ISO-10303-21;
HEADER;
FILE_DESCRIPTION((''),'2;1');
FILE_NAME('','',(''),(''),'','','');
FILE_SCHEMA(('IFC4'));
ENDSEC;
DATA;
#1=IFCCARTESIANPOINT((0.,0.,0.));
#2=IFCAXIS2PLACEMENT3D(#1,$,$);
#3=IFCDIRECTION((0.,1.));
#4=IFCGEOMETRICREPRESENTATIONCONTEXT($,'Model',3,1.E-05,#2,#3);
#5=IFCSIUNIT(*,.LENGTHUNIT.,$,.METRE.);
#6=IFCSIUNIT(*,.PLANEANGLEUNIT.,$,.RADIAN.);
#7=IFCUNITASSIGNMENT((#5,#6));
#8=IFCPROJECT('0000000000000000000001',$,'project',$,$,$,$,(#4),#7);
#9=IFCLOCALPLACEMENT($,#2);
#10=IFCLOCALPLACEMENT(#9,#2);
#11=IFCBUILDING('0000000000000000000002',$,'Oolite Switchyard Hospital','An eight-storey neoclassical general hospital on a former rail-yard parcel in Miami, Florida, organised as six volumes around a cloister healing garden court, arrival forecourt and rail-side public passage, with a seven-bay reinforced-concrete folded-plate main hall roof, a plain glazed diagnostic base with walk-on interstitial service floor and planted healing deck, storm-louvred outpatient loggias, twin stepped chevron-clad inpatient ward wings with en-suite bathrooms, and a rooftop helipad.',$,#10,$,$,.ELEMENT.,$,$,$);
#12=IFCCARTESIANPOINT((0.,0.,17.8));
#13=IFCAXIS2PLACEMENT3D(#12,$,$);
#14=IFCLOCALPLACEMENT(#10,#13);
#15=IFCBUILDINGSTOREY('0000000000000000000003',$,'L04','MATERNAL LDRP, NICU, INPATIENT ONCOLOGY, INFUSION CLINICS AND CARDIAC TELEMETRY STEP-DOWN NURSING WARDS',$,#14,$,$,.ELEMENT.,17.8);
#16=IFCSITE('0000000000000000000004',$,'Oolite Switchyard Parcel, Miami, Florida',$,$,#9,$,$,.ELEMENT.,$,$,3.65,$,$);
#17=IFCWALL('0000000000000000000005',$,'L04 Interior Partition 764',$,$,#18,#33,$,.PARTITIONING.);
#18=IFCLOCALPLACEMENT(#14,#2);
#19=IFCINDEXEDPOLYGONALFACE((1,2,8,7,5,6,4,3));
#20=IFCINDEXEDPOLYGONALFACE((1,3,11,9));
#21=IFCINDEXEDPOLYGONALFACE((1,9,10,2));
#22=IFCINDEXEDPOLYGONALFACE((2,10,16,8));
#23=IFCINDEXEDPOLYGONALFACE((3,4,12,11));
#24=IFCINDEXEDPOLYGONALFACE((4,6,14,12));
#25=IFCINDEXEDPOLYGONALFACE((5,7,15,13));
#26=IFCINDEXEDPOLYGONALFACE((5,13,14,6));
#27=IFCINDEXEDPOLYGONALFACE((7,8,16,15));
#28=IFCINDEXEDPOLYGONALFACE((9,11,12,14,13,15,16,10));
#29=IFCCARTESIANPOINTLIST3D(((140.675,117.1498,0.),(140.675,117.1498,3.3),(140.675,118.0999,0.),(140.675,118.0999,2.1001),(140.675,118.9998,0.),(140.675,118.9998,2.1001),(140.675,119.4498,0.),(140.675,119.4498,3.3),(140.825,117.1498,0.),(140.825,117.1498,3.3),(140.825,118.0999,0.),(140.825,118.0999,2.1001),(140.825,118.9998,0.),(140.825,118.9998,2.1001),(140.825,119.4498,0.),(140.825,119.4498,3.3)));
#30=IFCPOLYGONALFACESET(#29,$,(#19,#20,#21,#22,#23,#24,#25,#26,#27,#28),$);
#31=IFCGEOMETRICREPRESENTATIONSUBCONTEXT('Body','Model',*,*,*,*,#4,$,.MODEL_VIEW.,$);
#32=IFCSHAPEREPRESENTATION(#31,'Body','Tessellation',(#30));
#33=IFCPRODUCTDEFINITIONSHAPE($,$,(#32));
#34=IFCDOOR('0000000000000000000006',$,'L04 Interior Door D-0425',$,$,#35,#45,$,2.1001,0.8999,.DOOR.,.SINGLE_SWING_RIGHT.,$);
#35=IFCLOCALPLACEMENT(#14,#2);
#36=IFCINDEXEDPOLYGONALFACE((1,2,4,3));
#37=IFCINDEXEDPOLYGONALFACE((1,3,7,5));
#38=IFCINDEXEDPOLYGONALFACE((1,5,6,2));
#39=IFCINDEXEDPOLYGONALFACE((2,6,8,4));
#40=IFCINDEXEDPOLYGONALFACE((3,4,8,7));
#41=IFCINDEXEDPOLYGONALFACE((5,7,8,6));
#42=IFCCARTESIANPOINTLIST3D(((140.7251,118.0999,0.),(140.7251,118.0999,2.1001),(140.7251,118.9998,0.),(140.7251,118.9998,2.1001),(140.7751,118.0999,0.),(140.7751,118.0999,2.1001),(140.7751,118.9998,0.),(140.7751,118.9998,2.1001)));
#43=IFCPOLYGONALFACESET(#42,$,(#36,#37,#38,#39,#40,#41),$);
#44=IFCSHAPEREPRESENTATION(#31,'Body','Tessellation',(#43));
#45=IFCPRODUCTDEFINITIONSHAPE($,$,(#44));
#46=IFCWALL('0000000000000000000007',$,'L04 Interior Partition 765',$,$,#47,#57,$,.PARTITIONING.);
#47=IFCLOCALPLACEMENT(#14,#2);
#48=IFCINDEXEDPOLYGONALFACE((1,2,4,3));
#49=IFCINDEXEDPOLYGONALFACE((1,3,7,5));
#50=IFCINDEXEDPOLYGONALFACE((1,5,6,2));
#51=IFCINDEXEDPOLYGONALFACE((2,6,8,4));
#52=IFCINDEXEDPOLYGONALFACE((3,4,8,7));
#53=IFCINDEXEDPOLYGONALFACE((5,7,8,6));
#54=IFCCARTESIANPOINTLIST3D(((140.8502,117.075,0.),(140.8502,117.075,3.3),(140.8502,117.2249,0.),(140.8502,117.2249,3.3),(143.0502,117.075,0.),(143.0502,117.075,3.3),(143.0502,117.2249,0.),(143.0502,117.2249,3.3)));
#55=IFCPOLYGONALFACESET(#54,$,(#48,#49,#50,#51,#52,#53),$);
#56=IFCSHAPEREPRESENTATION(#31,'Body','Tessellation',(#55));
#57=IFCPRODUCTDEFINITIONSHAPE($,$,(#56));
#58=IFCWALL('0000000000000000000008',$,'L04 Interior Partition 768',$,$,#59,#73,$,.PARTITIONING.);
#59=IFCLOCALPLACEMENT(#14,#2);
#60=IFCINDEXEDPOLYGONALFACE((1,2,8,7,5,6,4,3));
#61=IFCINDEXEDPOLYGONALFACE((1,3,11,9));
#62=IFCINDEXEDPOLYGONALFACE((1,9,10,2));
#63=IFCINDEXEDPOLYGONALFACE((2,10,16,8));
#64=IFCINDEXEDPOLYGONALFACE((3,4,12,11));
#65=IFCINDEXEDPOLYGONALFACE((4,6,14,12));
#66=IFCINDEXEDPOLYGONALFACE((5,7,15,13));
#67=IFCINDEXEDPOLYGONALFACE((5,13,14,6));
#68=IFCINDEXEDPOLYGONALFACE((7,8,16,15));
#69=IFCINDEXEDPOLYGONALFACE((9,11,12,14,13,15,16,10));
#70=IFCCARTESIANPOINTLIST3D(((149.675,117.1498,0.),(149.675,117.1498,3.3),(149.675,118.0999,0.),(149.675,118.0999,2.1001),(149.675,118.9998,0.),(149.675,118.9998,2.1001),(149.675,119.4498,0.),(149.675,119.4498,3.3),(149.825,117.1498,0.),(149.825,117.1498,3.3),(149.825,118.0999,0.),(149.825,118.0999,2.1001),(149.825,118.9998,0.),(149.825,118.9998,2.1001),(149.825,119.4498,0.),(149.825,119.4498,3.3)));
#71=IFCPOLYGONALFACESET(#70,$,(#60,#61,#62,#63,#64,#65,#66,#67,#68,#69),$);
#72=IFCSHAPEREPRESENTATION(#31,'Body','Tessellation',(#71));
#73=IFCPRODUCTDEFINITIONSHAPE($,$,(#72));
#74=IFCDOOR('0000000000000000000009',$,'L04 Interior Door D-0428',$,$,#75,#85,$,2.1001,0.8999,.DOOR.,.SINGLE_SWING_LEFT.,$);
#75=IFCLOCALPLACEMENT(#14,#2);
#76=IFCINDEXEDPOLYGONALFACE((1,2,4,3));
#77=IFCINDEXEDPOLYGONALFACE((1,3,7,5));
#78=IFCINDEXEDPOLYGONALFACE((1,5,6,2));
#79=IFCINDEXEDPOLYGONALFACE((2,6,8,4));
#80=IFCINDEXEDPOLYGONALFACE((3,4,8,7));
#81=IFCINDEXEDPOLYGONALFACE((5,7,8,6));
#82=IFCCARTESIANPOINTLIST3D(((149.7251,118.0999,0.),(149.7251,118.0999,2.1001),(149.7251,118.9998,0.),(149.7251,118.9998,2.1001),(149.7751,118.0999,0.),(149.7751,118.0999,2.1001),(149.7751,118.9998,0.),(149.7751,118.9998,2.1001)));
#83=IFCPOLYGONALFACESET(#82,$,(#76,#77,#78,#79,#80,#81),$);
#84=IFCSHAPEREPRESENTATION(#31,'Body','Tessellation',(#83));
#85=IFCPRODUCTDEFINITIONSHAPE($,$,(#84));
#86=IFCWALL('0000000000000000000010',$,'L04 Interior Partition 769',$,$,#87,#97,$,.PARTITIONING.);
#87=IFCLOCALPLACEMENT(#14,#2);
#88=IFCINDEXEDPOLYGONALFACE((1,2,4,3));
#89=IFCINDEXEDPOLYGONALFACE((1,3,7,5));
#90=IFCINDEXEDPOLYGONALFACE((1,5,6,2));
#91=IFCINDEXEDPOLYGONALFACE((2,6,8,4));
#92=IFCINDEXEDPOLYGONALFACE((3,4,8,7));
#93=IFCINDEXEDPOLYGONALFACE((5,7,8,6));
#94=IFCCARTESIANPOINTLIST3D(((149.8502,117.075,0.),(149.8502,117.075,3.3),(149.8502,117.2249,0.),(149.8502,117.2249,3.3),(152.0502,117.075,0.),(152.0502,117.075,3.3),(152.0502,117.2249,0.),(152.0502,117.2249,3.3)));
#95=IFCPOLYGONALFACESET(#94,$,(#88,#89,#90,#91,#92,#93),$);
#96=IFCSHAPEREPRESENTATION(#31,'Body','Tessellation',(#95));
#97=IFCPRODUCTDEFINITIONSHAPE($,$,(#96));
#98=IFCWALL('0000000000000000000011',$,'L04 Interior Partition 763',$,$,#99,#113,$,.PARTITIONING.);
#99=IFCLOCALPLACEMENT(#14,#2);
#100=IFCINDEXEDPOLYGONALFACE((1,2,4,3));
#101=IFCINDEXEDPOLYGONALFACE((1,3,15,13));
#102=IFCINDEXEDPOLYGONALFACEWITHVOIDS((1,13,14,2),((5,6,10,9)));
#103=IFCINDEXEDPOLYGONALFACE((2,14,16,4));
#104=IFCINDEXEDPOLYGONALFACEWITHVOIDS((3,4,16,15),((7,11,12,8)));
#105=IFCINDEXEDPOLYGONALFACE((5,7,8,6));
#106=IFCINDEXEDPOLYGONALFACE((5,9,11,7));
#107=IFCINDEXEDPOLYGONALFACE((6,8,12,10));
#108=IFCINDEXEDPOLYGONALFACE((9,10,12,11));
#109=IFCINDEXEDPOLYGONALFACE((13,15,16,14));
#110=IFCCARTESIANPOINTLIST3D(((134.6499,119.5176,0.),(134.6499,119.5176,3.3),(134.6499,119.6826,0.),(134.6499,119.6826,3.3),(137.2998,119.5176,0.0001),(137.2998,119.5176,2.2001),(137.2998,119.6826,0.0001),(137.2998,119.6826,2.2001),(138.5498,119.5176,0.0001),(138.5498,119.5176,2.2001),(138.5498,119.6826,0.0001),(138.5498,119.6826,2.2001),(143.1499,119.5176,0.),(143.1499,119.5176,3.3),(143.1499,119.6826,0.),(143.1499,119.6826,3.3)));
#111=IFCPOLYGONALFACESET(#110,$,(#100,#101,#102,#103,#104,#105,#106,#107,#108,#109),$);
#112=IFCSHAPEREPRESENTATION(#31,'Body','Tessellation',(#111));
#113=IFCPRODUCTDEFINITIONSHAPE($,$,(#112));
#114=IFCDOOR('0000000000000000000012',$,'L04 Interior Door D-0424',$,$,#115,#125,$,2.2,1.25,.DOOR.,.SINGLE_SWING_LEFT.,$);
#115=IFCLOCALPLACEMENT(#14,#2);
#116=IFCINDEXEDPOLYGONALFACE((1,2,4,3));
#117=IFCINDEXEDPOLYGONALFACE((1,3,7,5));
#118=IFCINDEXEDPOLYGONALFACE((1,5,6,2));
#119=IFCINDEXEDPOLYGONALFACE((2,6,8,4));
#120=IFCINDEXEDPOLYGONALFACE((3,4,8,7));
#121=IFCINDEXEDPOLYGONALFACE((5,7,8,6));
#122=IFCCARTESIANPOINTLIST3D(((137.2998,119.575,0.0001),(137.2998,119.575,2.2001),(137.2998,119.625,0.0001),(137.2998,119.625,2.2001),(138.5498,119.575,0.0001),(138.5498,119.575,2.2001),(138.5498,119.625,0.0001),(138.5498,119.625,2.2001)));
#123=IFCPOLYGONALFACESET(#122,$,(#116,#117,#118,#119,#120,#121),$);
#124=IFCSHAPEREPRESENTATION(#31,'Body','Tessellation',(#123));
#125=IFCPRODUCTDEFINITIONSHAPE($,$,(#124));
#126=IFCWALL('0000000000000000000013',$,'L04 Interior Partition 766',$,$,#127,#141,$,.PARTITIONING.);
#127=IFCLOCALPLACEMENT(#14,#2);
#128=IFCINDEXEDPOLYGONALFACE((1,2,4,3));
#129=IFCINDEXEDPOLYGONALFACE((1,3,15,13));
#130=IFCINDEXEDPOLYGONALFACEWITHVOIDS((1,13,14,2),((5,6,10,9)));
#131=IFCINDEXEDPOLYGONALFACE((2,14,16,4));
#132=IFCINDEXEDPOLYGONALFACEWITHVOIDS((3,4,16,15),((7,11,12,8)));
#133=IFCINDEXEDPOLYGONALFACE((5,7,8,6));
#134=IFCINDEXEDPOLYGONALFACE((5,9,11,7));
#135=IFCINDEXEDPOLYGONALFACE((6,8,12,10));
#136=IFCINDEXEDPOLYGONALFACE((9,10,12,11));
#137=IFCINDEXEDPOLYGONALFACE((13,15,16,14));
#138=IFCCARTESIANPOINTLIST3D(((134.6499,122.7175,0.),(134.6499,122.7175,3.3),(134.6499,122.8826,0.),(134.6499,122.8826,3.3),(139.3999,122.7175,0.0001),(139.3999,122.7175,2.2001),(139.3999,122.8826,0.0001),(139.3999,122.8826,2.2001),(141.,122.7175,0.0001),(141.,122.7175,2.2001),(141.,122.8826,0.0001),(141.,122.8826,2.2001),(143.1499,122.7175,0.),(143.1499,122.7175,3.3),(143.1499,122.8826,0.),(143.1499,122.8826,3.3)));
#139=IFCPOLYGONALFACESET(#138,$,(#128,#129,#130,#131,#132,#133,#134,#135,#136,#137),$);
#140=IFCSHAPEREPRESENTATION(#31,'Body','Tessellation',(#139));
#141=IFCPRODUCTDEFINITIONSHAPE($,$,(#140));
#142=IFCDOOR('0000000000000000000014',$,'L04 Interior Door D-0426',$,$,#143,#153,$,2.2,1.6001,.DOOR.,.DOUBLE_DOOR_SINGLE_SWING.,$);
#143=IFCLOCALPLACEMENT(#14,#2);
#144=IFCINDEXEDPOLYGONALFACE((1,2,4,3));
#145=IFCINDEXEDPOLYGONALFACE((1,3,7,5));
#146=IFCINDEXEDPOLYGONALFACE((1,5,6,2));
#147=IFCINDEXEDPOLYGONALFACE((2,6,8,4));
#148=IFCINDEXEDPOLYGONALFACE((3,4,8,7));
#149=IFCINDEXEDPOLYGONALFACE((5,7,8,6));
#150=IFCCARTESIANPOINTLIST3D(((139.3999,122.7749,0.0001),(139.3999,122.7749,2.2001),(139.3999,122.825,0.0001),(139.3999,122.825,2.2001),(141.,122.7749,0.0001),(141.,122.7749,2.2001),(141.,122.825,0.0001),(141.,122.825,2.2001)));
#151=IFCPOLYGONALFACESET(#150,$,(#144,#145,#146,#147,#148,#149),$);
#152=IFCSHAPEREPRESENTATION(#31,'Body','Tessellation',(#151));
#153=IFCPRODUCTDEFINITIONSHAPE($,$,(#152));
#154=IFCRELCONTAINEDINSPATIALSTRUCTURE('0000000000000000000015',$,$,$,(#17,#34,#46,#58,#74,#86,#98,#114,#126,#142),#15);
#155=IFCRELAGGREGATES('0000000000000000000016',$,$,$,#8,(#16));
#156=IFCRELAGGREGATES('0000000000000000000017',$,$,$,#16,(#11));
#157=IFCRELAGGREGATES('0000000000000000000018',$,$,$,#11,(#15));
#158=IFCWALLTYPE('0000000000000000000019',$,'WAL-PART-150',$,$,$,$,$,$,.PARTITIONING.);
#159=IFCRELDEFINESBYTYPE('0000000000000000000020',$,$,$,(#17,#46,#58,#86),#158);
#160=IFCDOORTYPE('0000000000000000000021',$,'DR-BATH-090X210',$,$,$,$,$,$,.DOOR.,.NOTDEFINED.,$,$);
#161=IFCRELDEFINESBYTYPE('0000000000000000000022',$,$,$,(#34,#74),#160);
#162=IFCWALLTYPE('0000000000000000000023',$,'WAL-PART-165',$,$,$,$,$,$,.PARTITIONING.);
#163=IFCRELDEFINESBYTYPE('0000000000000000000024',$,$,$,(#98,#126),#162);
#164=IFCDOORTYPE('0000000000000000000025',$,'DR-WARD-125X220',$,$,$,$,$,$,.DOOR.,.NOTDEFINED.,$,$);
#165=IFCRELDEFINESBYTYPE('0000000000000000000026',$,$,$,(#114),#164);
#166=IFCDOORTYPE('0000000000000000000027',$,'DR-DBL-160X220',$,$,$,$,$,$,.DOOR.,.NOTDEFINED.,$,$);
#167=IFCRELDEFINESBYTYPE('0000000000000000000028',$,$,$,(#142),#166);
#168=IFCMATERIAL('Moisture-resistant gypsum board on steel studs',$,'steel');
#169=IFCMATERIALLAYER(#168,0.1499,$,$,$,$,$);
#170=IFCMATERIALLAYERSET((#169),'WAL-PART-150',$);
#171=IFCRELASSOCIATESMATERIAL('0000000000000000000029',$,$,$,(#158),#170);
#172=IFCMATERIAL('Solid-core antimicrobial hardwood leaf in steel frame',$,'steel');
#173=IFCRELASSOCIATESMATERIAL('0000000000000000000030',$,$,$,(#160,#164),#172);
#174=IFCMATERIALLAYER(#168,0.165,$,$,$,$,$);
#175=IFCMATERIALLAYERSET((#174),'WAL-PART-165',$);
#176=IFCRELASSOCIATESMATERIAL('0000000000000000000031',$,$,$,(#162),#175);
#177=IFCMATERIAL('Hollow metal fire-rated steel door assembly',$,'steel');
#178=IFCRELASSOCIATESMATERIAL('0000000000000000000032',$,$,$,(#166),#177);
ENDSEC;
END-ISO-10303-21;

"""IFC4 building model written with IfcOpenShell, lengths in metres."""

from ifc_helpers import new_model, si_unit, direction, frame, frame_2d, origin, place, context, subcontext, project, spatial, rectangle, extrude, material, layer, layer_set, type_object, element, fill, save


model = new_model("IFC4")

# Units and contexts
model_context = context("Model", 3, precision=1e-05, world=origin(), true_north=direction((0.0, 1.0)))
body_context = subcontext(model_context, "Body", "Model", "MODEL_VIEW")
ifc_project = project(units=[si_unit("LENGTHUNIT", "METRE"), si_unit("PLANEANGLEUNIT", "RADIAN")], contexts=[model_context])

# Site, building, storey
site_placement = place(None, origin())
site = spatial("IfcSite", under=ifc_project, at=site_placement, Name="Oolite Switchyard Parcel, Miami, Florida", CompositionType="ELEMENT", RefElevation=3.65)
building_placement = place(site_placement, origin())
building = spatial("IfcBuilding", under=site, at=building_placement, Name="Oolite Switchyard Hospital", Description="An eight-storey neoclassical general hospital on a former rail-yard parcel in Miami, Florida, organised as six volumes around a cloister healing garden court, arrival forecourt and rail-side public passage, with a seven-bay reinforced-concrete folded-plate main hall roof, a plain glazed diagnostic base with walk-on interstitial service floor and planted healing deck, storm-louvred outpatient loggias, twin stepped chevron-clad inpatient ward wings with en-suite bathrooms, and a rooftop helipad.", CompositionType="ELEMENT")
storey_placement = place(building_placement, frame((0.0, 0.0, 17.8)))
storey = spatial("IfcBuildingStorey", under=building, at=storey_placement, Name="L04", Description="MATERNAL LDRP, NICU, INPATIENT ONCOLOGY, INFUSION CLINICS AND CARDIAC TELEMETRY STEP-DOWN NURSING WARDS", CompositionType="ELEMENT", Elevation=17.8)

# Shared definitions
ifc_material_1 = material(Name="Moisture-resistant gypsum board on steel studs", Category="steel")

# Wall, opening, door
ifc_layer_1 = layer(ifc_material_1, 0.1499)
ifc_layer_set_1 = layer_set([ifc_layer_1], Name="WAL-PART-150")
wall_type_1 = type_object("IfcWallType", Name="WAL-PART-150", PredefinedType="PARTITIONING", material=ifc_layer_set_1)
wall_1_placement = place(storey_placement, frame((140.75, 117.1499, 0.0), z_axis=(0.0, 0.0, 1.0), x_axis=(0.0, 1.0, 0.0)))
wall_1 = element("IfcWall", 1, at=wall_1_placement, inside=storey, type_object=wall_type_1, Name="L04 Interior Partition 764", PredefinedType="PARTITIONING", context=body_context, shape_type="SweptSolid", body=[
    extrude(rectangle(XDim=2.3, YDim=0.1499, at=frame_2d((1.1499, 0.0))), origin(), (0.0, 0.0, 1.0), 3.3),
])
opening_1_placement = place(wall_1_placement, frame((0.95, 0.0, 0.0)))
opening_1 = element("IfcOpeningElement", 2, at=opening_1_placement, cuts=wall_1, PredefinedType="OPENING", context=body_context, shape_type="SweptSolid", body=[
    extrude(rectangle(XDim=0.8999, YDim=2.1001, at=frame_2d((0.45, 1.05))), frame((0.0, 0.085, 0.0), z_axis=(0.0, -1.0, 0.0), x_axis=(1.0, 0.0, 0.0)), (0.0, 0.0, 1.0), 0.1699),
])
ifc_material_2 = material(Name="Solid-core antimicrobial hardwood leaf in steel frame", Category="steel")
door_type_1 = type_object("IfcDoorType", Name="DR-BATH-090X210", OperationType="NOTDEFINED", PredefinedType="DOOR", material=ifc_material_2)
door_1_placement = place(opening_1_placement, origin())
door_1 = element("IfcDoor", 3, at=door_1_placement, inside=storey, type_object=door_type_1, Name="L04 Interior Door D-0425", OperationType="SINGLE_SWING_RIGHT", OverallHeight=2.1001, OverallWidth=0.8999, PredefinedType="DOOR", context=body_context, shape_type="SweptSolid", body=[
    extrude(rectangle(XDim=0.8999, YDim=2.1001, at=frame_2d((0.45, 1.05))), frame((0.0, 0.0249, 0.0), z_axis=(0.0, -1.0, 0.0), x_axis=(1.0, 0.0, 0.0)), (0.0, 0.0, 1.0), 0.05),
])
fill(opening_1, door_1)

# Wall
wall_2_placement = place(storey_placement, frame((140.8501, 117.1499, 0.0), z_axis=(0.0, 0.0, 1.0), x_axis=(1.0, 0.0, 0.0)))
element("IfcWall", 4, at=wall_2_placement, inside=storey, type_object=wall_type_1, Name="L04 Interior Partition 765", PredefinedType="PARTITIONING", context=body_context, shape_type="SweptSolid", body=[
    extrude(rectangle(XDim=2.2, YDim=0.1499, at=frame_2d((1.1001, 0.0))), origin(), (0.0, 0.0, 1.0), 3.3),
])

# Wall, opening, door
wall_3_placement = place(storey_placement, frame((149.75, 117.1499, 0.0), z_axis=(0.0, 0.0, 1.0), x_axis=(0.0, 1.0, 0.0)))
wall_3 = element("IfcWall", 5, at=wall_3_placement, inside=storey, type_object=wall_type_1, Name="L04 Interior Partition 768", PredefinedType="PARTITIONING", context=body_context, shape_type="SweptSolid", body=[
    extrude(rectangle(XDim=2.3, YDim=0.1499, at=frame_2d((1.1499, 0.0))), origin(), (0.0, 0.0, 1.0), 3.3),
])
opening_2_placement = place(wall_3_placement, frame((0.95, 0.0, 0.0)))
opening_2 = element("IfcOpeningElement", 6, at=opening_2_placement, cuts=wall_3, PredefinedType="OPENING", context=body_context, shape_type="SweptSolid", body=[
    extrude(rectangle(XDim=0.8999, YDim=2.1001, at=frame_2d((0.45, 1.05))), frame((0.0, 0.085, 0.0), z_axis=(0.0, -1.0, 0.0), x_axis=(1.0, 0.0, 0.0)), (0.0, 0.0, 1.0), 0.1699),
])
door_2_placement = place(opening_2_placement, origin())
door_2 = element("IfcDoor", 7, at=door_2_placement, inside=storey, type_object=door_type_1, Name="L04 Interior Door D-0428", OperationType="SINGLE_SWING_LEFT", OverallHeight=2.1001, OverallWidth=0.8999, PredefinedType="DOOR", context=body_context, shape_type="SweptSolid", body=[
    extrude(rectangle(XDim=0.8999, YDim=2.1001, at=frame_2d((0.45, 1.05))), frame((0.0, 0.0249, 0.0), z_axis=(0.0, -1.0, 0.0), x_axis=(1.0, 0.0, 0.0)), (0.0, 0.0, 1.0), 0.05),
])
fill(opening_2, door_2)

# Wall
wall_4_placement = place(storey_placement, frame((149.8501, 117.1499, 0.0), z_axis=(0.0, 0.0, 1.0), x_axis=(1.0, 0.0, 0.0)))
element("IfcWall", 8, at=wall_4_placement, inside=storey, type_object=wall_type_1, Name="L04 Interior Partition 769", PredefinedType="PARTITIONING", context=body_context, shape_type="SweptSolid", body=[
    extrude(rectangle(XDim=2.2, YDim=0.1499, at=frame_2d((1.1001, 0.0))), origin(), (0.0, 0.0, 1.0), 3.3),
])

# Walls, openings, doors
ifc_layer_2 = layer(ifc_material_1, 0.165)
ifc_layer_set_2 = layer_set([ifc_layer_2], Name="WAL-PART-165")
wall_type_2 = type_object("IfcWallType", Name="WAL-PART-165", PredefinedType="PARTITIONING", material=ifc_layer_set_2)
wall_5_placement = place(storey_placement, frame((134.6499, 119.6001, 0.0), z_axis=(0.0, 0.0, 1.0), x_axis=(1.0, 0.0, 0.0)))
wall_5 = element("IfcWall", 9, at=wall_5_placement, inside=storey, type_object=wall_type_2, Name="L04 Interior Partition 763", PredefinedType="PARTITIONING", context=body_context, shape_type="SweptSolid", body=[
    extrude(rectangle(XDim=8.5, YDim=0.165, at=frame_2d((4.25, 0.0))), origin(), (0.0, 0.0, 1.0), 3.3),
])
opening_3_placement = place(wall_5_placement, frame((2.6499, 0.0, 0.0)))
opening_3 = element("IfcOpeningElement", 10, at=opening_3_placement, cuts=wall_5, PredefinedType="OPENING", context=body_context, shape_type="SweptSolid", body=[
    extrude(rectangle(XDim=1.25, YDim=2.2, at=frame_2d((0.625, 1.1001))), frame((0.0, 0.0925, 0.0), z_axis=(0.0, -1.0, 0.0), x_axis=(1.0, 0.0, 0.0)), (0.0, 0.0, 1.0), 0.1851),
])
door_type_2 = type_object("IfcDoorType", Name="DR-WARD-125X220", OperationType="NOTDEFINED", PredefinedType="DOOR", material=ifc_material_2)
door_3_placement = place(opening_3_placement, origin())
door_3 = element("IfcDoor", 11, at=door_3_placement, inside=storey, type_object=door_type_2, Name="L04 Interior Door D-0424", OperationType="SINGLE_SWING_LEFT", OverallHeight=2.2, OverallWidth=1.25, PredefinedType="DOOR", context=body_context, shape_type="SweptSolid", body=[
    extrude(rectangle(XDim=1.25, YDim=2.2, at=frame_2d((0.625, 1.1001))), frame((0.0, 0.0249, 0.0), z_axis=(0.0, -1.0, 0.0), x_axis=(1.0, 0.0, 0.0)), (0.0, 0.0, 1.0), 0.05),
])
fill(opening_3, door_3)
wall_6_placement = place(storey_placement, frame((134.6499, 122.8, 0.0), z_axis=(0.0, 0.0, 1.0), x_axis=(1.0, 0.0, 0.0)))
wall_6 = element("IfcWall", 12, at=wall_6_placement, inside=storey, type_object=wall_type_2, Name="L04 Interior Partition 766", PredefinedType="PARTITIONING", context=body_context, shape_type="SweptSolid", body=[
    extrude(rectangle(XDim=8.5, YDim=0.165, at=frame_2d((4.25, 0.0))), origin(), (0.0, 0.0, 1.0), 3.3),
])
opening_4_placement = place(wall_6_placement, frame((4.75, 0.0, 0.0)))
opening_4 = element("IfcOpeningElement", 13, at=opening_4_placement, cuts=wall_6, PredefinedType="OPENING", context=body_context, shape_type="SweptSolid", body=[
    extrude(rectangle(XDim=1.6001, YDim=2.2, at=frame_2d((0.8, 1.1001))), frame((0.0, 0.0925, 0.0), z_axis=(0.0, -1.0, 0.0), x_axis=(1.0, 0.0, 0.0)), (0.0, 0.0, 1.0), 0.1851),
])
ifc_material_3 = material(Name="Hollow metal fire-rated steel door assembly", Category="steel")
door_type_3 = type_object("IfcDoorType", Name="DR-DBL-160X220", OperationType="NOTDEFINED", PredefinedType="DOOR", material=ifc_material_3)
door_4_placement = place(opening_4_placement, origin())
door_4 = element("IfcDoor", 14, at=door_4_placement, inside=storey, type_object=door_type_3, Name="L04 Interior Door D-0426", OperationType="DOUBLE_DOOR_SINGLE_SWING", OverallHeight=2.2, OverallWidth=1.6001, PredefinedType="DOOR", context=body_context, shape_type="SweptSolid", body=[
    extrude(rectangle(XDim=1.6001, YDim=2.2, at=frame_2d((0.8, 1.1001))), frame((0.0, 0.0249, 0.0), z_axis=(0.0, -1.0, 0.0), x_axis=(1.0, 0.0, 0.0)), (0.0, 0.0, 1.0), 0.05),
])
fill(opening_4, door_4)

save(model, "model.ifc")
